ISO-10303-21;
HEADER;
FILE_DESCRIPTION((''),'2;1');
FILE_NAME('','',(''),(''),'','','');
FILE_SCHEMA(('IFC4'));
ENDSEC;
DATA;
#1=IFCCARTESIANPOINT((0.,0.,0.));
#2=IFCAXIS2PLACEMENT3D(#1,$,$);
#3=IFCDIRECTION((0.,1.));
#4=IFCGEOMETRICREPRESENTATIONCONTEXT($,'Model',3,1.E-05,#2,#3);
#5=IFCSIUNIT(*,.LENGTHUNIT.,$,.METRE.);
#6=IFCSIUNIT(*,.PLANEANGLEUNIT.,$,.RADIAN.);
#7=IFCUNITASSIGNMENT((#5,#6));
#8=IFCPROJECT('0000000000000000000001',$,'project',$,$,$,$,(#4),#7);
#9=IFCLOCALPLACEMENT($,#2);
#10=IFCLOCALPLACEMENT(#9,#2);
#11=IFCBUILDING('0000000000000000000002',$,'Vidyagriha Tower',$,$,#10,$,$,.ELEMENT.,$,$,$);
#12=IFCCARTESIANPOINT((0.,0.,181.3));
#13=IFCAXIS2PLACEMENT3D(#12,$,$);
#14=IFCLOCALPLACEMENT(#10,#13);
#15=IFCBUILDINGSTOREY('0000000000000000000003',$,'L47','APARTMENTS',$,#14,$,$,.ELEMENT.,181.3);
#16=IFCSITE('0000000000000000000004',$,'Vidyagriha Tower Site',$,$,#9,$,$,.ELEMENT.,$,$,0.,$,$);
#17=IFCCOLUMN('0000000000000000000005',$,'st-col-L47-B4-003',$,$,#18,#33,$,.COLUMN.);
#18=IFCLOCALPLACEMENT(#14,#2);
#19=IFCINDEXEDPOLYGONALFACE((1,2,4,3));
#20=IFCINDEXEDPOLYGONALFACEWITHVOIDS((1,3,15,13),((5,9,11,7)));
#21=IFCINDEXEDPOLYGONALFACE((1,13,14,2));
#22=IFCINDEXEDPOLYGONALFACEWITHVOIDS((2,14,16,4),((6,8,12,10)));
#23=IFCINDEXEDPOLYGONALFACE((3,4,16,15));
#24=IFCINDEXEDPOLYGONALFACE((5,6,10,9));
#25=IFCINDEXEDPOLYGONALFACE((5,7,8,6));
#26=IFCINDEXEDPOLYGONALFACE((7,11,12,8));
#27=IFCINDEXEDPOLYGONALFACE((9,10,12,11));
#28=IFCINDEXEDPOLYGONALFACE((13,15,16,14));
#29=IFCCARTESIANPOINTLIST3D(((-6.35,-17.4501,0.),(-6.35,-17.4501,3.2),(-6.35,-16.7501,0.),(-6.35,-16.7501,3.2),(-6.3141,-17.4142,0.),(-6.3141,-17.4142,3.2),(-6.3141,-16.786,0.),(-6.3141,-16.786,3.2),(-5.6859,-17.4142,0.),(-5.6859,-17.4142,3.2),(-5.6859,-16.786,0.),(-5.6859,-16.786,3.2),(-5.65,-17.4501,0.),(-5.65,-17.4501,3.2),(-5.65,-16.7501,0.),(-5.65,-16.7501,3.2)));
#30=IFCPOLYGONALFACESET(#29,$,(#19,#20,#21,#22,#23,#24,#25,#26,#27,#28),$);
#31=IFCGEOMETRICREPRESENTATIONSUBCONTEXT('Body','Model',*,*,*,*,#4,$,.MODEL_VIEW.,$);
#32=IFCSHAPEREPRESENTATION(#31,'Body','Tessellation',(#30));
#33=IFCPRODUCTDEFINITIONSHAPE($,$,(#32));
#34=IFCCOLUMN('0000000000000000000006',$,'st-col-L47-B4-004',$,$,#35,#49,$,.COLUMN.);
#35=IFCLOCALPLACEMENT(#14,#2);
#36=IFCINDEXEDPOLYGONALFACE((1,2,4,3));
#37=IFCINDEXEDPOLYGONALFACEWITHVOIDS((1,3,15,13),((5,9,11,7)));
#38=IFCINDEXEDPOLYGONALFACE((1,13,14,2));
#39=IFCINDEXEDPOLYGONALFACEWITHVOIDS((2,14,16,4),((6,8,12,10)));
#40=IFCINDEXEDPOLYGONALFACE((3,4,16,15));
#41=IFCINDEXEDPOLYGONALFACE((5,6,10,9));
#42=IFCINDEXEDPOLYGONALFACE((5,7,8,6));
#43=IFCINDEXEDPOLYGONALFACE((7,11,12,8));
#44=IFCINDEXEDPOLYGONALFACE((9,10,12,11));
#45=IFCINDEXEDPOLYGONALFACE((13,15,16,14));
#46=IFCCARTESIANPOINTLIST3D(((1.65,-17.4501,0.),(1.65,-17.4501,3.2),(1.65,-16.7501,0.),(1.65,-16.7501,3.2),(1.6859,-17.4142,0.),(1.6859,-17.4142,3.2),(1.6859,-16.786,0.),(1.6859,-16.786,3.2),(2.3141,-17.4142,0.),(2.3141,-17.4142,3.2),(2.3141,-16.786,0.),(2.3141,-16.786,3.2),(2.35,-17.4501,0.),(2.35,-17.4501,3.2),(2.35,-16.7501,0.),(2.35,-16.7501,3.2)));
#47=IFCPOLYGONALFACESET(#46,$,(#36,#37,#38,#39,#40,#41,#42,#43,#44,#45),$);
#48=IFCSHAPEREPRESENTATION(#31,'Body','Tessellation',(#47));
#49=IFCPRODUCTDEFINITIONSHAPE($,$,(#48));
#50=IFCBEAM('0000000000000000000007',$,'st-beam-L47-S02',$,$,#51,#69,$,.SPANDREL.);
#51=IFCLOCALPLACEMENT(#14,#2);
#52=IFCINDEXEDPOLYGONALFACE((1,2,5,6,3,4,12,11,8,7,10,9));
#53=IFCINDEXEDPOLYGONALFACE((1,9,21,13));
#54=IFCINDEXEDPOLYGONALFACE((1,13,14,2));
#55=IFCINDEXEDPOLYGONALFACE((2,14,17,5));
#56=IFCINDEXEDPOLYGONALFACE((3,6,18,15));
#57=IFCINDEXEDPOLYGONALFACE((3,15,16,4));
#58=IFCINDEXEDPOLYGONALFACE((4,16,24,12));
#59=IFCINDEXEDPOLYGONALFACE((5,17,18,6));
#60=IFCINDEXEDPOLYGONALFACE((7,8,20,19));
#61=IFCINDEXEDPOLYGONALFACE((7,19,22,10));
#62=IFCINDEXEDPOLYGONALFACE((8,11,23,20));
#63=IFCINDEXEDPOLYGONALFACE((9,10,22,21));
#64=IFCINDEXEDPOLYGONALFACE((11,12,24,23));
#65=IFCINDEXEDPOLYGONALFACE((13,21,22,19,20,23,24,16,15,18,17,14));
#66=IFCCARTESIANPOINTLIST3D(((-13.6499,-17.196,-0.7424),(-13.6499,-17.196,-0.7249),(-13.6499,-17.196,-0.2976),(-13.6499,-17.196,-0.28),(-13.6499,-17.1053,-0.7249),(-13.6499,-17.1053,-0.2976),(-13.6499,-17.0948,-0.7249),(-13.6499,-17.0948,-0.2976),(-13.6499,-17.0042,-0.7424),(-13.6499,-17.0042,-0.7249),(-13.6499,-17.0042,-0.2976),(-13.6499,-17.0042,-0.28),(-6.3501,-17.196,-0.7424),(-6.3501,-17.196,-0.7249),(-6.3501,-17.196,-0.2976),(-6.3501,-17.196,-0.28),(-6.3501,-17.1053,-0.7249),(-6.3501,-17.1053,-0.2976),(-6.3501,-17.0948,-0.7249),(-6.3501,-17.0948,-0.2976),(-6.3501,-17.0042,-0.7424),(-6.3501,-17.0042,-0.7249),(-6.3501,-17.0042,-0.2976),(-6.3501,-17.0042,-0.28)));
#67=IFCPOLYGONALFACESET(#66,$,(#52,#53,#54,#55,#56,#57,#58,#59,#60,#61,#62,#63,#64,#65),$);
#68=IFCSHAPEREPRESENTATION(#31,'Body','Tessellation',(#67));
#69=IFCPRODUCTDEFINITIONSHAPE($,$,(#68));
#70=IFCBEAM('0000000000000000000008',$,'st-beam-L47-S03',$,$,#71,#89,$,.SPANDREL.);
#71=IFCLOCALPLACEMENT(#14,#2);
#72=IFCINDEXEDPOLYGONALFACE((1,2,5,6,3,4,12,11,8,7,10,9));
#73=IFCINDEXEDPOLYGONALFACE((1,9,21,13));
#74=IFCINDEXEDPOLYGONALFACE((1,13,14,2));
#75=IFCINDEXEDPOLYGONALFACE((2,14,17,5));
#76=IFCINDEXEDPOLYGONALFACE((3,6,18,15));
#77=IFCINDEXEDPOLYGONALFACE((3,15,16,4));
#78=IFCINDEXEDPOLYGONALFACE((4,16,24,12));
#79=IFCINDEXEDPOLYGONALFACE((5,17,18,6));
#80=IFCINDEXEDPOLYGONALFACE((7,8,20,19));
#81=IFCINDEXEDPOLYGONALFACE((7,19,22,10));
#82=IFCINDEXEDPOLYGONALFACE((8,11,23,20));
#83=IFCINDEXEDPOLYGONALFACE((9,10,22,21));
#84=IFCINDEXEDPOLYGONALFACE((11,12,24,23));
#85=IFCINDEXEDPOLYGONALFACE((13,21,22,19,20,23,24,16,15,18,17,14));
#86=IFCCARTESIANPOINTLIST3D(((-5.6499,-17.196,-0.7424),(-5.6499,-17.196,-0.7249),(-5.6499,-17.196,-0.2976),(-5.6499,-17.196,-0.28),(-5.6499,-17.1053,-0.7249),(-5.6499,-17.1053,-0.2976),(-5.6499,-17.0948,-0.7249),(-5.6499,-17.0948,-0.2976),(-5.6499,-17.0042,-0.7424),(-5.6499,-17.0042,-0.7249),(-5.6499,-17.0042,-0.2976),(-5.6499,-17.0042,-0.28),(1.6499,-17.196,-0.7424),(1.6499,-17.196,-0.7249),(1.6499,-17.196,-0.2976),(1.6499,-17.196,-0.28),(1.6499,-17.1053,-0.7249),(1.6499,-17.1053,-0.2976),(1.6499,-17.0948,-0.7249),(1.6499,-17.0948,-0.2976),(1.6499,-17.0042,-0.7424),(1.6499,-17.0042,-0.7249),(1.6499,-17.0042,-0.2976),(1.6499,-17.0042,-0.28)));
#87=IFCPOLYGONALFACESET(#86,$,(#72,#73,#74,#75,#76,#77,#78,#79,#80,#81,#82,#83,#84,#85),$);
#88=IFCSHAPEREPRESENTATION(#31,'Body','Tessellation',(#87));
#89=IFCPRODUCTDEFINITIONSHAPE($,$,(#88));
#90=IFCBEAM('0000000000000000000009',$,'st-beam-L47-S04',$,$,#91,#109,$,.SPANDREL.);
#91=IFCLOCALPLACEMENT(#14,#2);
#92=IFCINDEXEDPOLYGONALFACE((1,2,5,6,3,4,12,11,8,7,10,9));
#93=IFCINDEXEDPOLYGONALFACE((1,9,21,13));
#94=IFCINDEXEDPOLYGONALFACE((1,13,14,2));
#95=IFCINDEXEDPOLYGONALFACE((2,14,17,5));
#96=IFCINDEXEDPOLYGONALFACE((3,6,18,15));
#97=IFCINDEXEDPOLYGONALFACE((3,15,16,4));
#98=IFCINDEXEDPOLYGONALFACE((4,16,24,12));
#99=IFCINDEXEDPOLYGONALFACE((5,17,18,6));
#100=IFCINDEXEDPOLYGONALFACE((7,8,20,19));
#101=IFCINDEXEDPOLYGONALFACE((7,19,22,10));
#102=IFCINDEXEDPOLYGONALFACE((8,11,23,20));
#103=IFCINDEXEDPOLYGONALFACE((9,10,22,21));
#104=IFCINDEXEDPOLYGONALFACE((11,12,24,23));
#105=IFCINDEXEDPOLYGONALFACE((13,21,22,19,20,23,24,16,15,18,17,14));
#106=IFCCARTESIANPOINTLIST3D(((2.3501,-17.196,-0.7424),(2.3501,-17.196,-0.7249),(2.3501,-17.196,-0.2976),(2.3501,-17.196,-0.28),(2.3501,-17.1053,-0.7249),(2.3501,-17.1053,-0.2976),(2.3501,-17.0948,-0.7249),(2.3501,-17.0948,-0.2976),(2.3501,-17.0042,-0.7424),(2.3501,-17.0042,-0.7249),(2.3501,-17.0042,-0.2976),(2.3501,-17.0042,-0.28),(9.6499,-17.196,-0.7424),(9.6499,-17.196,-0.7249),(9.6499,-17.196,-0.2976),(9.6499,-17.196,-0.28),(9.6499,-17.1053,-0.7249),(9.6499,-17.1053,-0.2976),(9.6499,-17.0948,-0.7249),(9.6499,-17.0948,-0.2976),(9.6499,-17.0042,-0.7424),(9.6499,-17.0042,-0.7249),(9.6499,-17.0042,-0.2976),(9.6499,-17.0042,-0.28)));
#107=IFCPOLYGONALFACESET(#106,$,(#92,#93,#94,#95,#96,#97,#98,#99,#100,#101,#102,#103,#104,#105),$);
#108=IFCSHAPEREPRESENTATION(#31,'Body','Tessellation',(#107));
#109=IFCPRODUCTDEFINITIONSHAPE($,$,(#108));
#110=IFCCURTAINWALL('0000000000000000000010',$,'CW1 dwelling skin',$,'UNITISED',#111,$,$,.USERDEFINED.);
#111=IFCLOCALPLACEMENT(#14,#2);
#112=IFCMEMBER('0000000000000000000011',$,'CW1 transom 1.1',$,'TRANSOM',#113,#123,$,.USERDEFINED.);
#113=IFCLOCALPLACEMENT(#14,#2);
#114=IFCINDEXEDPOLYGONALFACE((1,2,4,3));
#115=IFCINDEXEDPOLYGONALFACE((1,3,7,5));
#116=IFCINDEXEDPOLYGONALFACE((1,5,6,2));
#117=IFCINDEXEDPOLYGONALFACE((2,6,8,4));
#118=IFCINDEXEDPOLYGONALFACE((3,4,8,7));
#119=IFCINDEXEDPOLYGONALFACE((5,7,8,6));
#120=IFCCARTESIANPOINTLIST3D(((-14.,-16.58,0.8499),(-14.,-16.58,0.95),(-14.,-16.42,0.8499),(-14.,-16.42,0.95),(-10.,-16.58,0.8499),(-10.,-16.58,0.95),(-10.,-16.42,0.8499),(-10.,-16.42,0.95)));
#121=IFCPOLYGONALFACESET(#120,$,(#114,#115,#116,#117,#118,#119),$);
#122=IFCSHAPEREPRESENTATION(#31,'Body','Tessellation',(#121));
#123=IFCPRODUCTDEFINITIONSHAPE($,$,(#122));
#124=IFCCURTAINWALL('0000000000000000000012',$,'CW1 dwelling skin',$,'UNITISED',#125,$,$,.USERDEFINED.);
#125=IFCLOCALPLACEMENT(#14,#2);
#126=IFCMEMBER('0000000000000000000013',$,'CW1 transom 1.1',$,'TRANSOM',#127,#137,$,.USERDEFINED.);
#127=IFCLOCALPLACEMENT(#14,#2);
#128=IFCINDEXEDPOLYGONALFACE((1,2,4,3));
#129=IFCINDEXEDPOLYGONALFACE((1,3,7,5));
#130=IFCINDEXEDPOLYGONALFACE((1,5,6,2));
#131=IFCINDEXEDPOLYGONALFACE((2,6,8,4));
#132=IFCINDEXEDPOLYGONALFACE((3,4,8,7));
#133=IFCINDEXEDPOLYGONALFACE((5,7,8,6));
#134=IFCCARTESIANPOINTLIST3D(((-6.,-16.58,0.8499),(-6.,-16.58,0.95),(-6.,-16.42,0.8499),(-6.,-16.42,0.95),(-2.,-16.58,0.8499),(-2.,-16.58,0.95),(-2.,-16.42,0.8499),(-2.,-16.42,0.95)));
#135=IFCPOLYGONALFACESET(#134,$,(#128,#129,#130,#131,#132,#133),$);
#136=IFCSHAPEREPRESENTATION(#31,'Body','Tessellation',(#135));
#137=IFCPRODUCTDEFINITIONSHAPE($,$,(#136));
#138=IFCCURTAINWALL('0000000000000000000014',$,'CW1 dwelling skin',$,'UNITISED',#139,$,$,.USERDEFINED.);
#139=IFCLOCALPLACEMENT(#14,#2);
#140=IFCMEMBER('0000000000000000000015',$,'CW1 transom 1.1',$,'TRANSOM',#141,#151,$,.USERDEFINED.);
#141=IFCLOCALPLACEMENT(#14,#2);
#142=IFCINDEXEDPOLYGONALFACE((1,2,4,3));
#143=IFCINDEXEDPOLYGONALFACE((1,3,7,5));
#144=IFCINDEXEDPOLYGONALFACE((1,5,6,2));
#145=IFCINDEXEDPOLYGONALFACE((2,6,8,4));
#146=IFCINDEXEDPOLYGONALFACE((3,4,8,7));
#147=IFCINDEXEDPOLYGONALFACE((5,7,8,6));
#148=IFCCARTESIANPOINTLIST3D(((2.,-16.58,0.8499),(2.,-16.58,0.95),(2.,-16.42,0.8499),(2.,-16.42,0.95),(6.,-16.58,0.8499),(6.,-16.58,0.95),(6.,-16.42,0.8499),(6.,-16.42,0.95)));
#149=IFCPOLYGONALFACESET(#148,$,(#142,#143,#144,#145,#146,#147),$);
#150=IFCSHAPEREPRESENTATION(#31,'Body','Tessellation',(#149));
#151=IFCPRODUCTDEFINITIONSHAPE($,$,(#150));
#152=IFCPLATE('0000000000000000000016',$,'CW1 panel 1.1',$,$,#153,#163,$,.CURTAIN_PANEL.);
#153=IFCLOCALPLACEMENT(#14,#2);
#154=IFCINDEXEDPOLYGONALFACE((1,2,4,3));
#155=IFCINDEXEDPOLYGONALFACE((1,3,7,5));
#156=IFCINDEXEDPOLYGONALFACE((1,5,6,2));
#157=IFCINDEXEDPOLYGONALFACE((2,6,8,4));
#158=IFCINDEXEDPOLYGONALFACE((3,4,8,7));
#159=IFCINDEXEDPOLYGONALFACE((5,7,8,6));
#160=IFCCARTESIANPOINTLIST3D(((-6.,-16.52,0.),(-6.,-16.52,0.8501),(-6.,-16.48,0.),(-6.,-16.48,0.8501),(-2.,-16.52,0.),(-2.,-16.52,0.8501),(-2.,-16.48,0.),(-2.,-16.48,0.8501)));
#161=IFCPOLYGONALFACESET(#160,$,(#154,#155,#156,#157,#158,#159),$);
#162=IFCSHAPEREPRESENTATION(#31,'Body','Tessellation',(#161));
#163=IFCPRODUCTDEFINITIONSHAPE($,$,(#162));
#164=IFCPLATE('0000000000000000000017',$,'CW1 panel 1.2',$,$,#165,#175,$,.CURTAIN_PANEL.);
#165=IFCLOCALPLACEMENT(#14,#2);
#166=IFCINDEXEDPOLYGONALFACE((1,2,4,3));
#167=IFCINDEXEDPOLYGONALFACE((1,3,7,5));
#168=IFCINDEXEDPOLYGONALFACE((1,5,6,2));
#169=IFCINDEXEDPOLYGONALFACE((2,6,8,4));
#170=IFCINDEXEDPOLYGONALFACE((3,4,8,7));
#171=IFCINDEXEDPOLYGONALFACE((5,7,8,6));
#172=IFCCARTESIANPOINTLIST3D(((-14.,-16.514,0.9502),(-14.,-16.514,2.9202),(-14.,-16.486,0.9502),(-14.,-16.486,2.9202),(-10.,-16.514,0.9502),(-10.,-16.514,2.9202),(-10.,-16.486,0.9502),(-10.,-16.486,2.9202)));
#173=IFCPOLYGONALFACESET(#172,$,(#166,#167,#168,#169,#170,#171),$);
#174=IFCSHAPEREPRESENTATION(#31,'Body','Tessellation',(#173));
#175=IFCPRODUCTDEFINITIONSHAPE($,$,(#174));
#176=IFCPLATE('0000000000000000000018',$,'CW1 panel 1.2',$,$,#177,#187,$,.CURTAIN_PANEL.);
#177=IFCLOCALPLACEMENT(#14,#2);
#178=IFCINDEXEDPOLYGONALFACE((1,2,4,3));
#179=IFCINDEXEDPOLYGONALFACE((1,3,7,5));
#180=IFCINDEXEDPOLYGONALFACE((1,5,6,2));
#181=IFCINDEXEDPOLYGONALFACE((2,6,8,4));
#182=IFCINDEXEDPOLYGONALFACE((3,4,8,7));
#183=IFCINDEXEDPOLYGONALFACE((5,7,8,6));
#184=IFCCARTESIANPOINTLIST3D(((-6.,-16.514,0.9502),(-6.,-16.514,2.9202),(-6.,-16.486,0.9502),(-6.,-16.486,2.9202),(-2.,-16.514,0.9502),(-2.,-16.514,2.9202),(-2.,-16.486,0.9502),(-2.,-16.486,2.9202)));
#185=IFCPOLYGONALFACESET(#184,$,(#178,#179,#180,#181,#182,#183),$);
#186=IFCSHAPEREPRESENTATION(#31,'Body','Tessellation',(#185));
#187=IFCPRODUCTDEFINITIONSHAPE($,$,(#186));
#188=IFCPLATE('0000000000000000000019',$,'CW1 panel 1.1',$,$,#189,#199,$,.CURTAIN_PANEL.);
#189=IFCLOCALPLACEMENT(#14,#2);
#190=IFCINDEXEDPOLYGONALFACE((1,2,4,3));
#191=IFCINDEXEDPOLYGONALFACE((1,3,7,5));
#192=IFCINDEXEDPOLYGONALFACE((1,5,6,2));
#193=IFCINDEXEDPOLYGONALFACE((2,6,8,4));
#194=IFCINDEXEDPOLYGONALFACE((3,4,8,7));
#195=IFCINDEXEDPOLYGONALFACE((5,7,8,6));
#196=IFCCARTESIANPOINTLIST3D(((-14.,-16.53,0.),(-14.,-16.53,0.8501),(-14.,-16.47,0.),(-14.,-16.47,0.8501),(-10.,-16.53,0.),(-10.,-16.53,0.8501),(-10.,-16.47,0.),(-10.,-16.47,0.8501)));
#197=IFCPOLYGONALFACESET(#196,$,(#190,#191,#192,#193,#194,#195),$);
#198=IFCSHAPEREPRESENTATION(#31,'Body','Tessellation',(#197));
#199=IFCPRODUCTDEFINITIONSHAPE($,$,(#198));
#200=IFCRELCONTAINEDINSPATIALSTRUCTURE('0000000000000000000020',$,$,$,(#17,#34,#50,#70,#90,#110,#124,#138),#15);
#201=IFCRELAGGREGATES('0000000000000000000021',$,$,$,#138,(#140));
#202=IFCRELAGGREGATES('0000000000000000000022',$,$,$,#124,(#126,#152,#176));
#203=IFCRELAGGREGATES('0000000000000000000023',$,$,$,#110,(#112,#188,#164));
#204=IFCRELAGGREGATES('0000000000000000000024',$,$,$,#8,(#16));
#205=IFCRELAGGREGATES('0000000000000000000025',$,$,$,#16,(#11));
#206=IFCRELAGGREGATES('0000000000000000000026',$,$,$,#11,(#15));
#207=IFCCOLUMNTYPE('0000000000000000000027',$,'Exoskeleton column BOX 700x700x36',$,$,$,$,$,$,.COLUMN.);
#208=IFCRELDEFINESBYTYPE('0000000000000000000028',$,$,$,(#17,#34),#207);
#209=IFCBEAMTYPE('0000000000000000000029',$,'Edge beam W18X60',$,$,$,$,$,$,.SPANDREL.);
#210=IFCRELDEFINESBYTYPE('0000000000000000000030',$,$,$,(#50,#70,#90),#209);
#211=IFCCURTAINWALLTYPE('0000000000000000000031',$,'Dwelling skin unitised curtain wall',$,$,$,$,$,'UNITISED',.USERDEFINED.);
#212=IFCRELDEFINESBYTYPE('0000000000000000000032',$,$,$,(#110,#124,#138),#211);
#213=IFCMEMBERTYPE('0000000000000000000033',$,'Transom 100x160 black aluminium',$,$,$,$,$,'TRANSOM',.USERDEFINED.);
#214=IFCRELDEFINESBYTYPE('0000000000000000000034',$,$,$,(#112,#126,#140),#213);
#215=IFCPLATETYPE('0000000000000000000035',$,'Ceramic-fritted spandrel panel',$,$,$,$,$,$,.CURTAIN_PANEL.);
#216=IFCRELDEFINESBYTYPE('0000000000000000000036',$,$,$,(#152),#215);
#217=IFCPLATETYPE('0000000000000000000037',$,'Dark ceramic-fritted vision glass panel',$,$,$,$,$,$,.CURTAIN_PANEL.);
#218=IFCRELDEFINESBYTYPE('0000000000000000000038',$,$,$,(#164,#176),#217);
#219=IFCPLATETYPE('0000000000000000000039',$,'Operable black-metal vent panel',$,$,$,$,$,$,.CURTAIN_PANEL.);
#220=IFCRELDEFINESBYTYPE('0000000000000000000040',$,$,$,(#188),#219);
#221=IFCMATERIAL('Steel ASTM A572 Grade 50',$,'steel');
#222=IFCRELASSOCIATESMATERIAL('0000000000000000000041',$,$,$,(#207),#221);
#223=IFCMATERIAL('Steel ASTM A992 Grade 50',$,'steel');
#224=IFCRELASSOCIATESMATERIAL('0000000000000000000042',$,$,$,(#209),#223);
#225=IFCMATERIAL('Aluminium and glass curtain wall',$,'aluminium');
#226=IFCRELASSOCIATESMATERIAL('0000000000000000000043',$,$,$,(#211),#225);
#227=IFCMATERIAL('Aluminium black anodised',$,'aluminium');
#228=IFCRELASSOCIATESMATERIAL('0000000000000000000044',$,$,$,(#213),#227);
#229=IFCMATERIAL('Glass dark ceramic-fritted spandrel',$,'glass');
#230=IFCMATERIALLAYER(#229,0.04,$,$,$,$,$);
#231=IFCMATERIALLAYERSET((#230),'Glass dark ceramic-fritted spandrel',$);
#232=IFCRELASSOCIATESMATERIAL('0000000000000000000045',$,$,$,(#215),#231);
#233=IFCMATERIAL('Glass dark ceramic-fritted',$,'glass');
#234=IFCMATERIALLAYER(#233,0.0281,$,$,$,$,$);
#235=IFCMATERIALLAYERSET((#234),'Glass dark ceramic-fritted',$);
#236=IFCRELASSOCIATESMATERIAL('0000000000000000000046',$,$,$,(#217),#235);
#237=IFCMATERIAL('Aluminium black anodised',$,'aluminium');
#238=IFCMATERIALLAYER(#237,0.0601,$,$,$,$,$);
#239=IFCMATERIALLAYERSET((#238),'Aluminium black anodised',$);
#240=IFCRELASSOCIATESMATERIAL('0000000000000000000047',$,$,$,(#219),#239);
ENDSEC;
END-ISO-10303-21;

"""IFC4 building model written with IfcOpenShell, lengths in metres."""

from ifc_helpers import new_model, si_unit, direction, frame, origin, origin_2d, place, context, subcontext, project, spatial, rectangle, hollow_rectangle, i_section, extrude, material, layer, layer_set, material_profile, profile_set, type_object, element, aggregate, save


model = new_model("IFC4")

# Units and contexts
model_context = context("Model", 3, precision=1e-05, world=origin(), true_north=direction((0.0, 1.0)))
body_context = subcontext(model_context, "Body", "Model", "MODEL_VIEW")
ifc_project = project(units=[si_unit("LENGTHUNIT", "METRE"), si_unit("PLANEANGLEUNIT", "RADIAN")], contexts=[model_context])

# Site, building, storey
site_placement = place(None, origin())
site = spatial("IfcSite", under=ifc_project, at=site_placement, Name="Vidyagriha Tower Site", CompositionType="ELEMENT", RefElevation=0.0)
building_placement = place(site_placement, origin())
building = spatial("IfcBuilding", under=site, at=building_placement, Name="Vidyagriha Tower", CompositionType="ELEMENT")
storey_placement = place(building_placement, frame((0.0, 0.0, 181.3)))
storey = spatial("IfcBuildingStorey", under=building, at=storey_placement, Name="L47", Description="APARTMENTS", CompositionType="ELEMENT", Elevation=181.3)

# Columns
ifc_material_1 = material(Name="Steel ASTM A572 Grade 50", Category="steel")
ifc_material_profile_1 = material_profile(ifc_material_1, hollow_rectangle(XDim=0.7, YDim=0.7, WallThickness=0.0359, at=origin_2d()), Name="BOX 700x700x36")
ifc_profile_set_1 = profile_set([ifc_material_profile_1], Name="Steel ASTM A572 Grade 50")
column_type = type_object("IfcColumnType", Name="Exoskeleton column BOX 700x700x36", PredefinedType="COLUMN", material=ifc_profile_set_1)
for number, where, name in (
    (1, (-6.0, -17.1001, 0.0), "st-col-L47-B4-003"),
    (2, (2.0, -17.1001, 0.0), "st-col-L47-B4-004"),
):
    element("IfcColumn", number, at=place(storey_placement, frame(where)), inside=storey, type_object=column_type, Name=name, PredefinedType="COLUMN", context=body_context, shape_type="SweptSolid", body=[
        extrude(hollow_rectangle(XDim=0.7, YDim=0.7, WallThickness=0.0359, at=origin_2d()), origin(), (0.0, 0.0, 1.0), 3.2),
    ])

# Beams
ifc_material_2 = material(Name="Steel ASTM A992 Grade 50", Category="steel")
ifc_material_profile_2 = material_profile(ifc_material_2, i_section(OverallWidth=0.1919, OverallDepth=0.4624, WebThickness=0.0105, FlangeThickness=0.0176, at=origin_2d()), Name="W18X60")
ifc_profile_set_2 = profile_set([ifc_material_profile_2], Name="Steel ASTM A992 Grade 50")
beam_type = type_object("IfcBeamType", Name="Edge beam W18X60", PredefinedType="SPANDREL", material=ifc_profile_set_2)
for number, where, z_axis, x_axis, name in (
    (3, (-13.6499, -17.1001, -0.5112), (1.0, 0.0, 0.0), (0.0, 1.0, 0.0), "st-beam-L47-S02"),
    (4, (-5.6499, -17.1001, -0.5112), (1.0, 0.0, 0.0), (0.0, 1.0, 0.0), "st-beam-L47-S03"),
    (5, (2.3501, -17.1001, -0.5112), (1.0, 0.0, 0.0), (0.0, 1.0, 0.0), "st-beam-L47-S04"),
):
    element("IfcBeam", number, at=place(storey_placement, frame(where, z_axis=z_axis, x_axis=x_axis)), inside=storey, type_object=beam_type, Name=name, PredefinedType="SPANDREL", context=body_context, shape_type="SweptSolid", body=[
        extrude(i_section(OverallWidth=0.1919, OverallDepth=0.4624, WebThickness=0.0105, FlangeThickness=0.0176, at=origin_2d()), origin(), (0.0, 0.0, 1.0), 7.2998),
    ])

# Curtain walls, members
ifc_material_3 = material(Name="Aluminium and glass curtain wall", Category="aluminium")
curtain_wall_type = type_object("IfcCurtainWallType", Name="Dwelling skin unitised curtain wall", ElementType="UNITISED", PredefinedType="USERDEFINED", material=ifc_material_3)
curtain_wall_1_placement = place(storey_placement, origin())
curtain_wall_1 = element("IfcCurtainWall", 6, at=curtain_wall_1_placement, inside=storey, type_object=curtain_wall_type, Name="CW1 dwelling skin", ObjectType="UNITISED", PredefinedType="USERDEFINED")
ifc_material_4 = material(Name="Aluminium black anodised", Category="aluminium")
ifc_material_profile_3 = material_profile(ifc_material_4, rectangle(XDim=0.1599, YDim=0.1001, at=origin_2d()), Name="Transom 100x160 black aluminium")
ifc_profile_set_3 = profile_set([ifc_material_profile_3], Name="Aluminium black anodised")
member_type = type_object("IfcMemberType", Name="Transom 100x160 black aluminium", ElementType="TRANSOM", PredefinedType="USERDEFINED", material=ifc_profile_set_3)
member_1_placement = place(storey_placement, frame((-14.0, -16.5, 0.8999), z_axis=(1.0, 0.0, 0.0), x_axis=(0.0, 1.0, 0.0)))
member_1 = element("IfcMember", 7, at=member_1_placement, type_object=member_type, Name="CW1 transom 1.1", ObjectType="TRANSOM", PredefinedType="USERDEFINED", context=body_context, shape_type="SweptSolid", body=[
    extrude(rectangle(XDim=0.1599, YDim=0.1001, at=origin_2d()), origin(), (0.0, 0.0, 1.0), 4.0),
])
curtain_wall_2_placement = place(storey_placement, origin())
curtain_wall_2 = element("IfcCurtainWall", 8, at=curtain_wall_2_placement, inside=storey, type_object=curtain_wall_type, Name="CW1 dwelling skin", ObjectType="UNITISED", PredefinedType="USERDEFINED")
member_2_placement = place(storey_placement, frame((-6.0, -16.5, 0.8999), z_axis=(1.0, 0.0, 0.0), x_axis=(0.0, 1.0, 0.0)))
member_2 = element("IfcMember", 9, at=member_2_placement, type_object=member_type, Name="CW1 transom 1.1", ObjectType="TRANSOM", PredefinedType="USERDEFINED", context=body_context, shape_type="SweptSolid", body=[
    extrude(rectangle(XDim=0.1599, YDim=0.1001, at=origin_2d()), origin(), (0.0, 0.0, 1.0), 4.0),
])
curtain_wall_3_placement = place(storey_placement, origin())
curtain_wall_3 = element("IfcCurtainWall", 10, at=curtain_wall_3_placement, inside=storey, type_object=curtain_wall_type, Name="CW1 dwelling skin", ObjectType="UNITISED", PredefinedType="USERDEFINED")
member_3_placement = place(storey_placement, frame((2.0, -16.5, 0.8999), z_axis=(1.0, 0.0, 0.0), x_axis=(0.0, 1.0, 0.0)))
member_3 = element("IfcMember", 11, at=member_3_placement, type_object=member_type, Name="CW1 transom 1.1", ObjectType="TRANSOM", PredefinedType="USERDEFINED", context=body_context, shape_type="SweptSolid", body=[
    extrude(rectangle(XDim=0.1599, YDim=0.1001, at=origin_2d()), origin(), (0.0, 0.0, 1.0), 4.0),
])
aggregate(curtain_wall_3, [member_3])

# Plates
ifc_material_5 = material(Name="Glass dark ceramic-fritted spandrel", Category="glass")
ifc_layer_1 = layer(ifc_material_5, 0.04)
ifc_layer_set_1 = layer_set([ifc_layer_1], Name="Glass dark ceramic-fritted spandrel")
plate_type_1 = type_object("IfcPlateType", Name="Ceramic-fritted spandrel panel", PredefinedType="CURTAIN_PANEL", material=ifc_layer_set_1)
plate_1_placement = place(storey_placement, frame((-4.0, -16.5, 0.0)))
plate_1 = element("IfcPlate", 12, at=plate_1_placement, type_object=plate_type_1, Name="CW1 panel 1.1", PredefinedType="CURTAIN_PANEL", context=body_context, shape_type="SweptSolid", body=[
    extrude(rectangle(XDim=4.0, YDim=0.04, at=origin_2d()), origin(), (0.0, 0.0, 1.0), 0.8501),
])
ifc_material_6 = material(Name="Glass dark ceramic-fritted", Category="glass")
ifc_layer_2 = layer(ifc_material_6, 0.0281)
ifc_layer_set_2 = layer_set([ifc_layer_2], Name="Glass dark ceramic-fritted")
plate_type_2 = type_object("IfcPlateType", Name="Dark ceramic-fritted vision glass panel", PredefinedType="CURTAIN_PANEL", material=ifc_layer_set_2)
plate_2_placement = place(storey_placement, frame((-12.0, -16.5, 0.9502)))
plate_2 = element("IfcPlate", 13, at=plate_2_placement, type_object=plate_type_2, Name="CW1 panel 1.2", PredefinedType="CURTAIN_PANEL", context=body_context, shape_type="SweptSolid", body=[
    extrude(rectangle(XDim=4.0, YDim=0.0281, at=origin_2d()), origin(), (0.0, 0.0, 1.0), 1.97),
])
plate_3_placement = place(storey_placement, frame((-4.0, -16.5, 0.9502)))
plate_3 = element("IfcPlate", 14, at=plate_3_placement, type_object=plate_type_2, Name="CW1 panel 1.2", PredefinedType="CURTAIN_PANEL", context=body_context, shape_type="SweptSolid", body=[
    extrude(rectangle(XDim=4.0, YDim=0.0281, at=origin_2d()), origin(), (0.0, 0.0, 1.0), 1.97),
])
aggregate(curtain_wall_2, [member_2, plate_1, plate_3])
ifc_material_7 = material(Name="Aluminium black anodised", Category="aluminium")
ifc_layer_3 = layer(ifc_material_7, 0.0601)
ifc_layer_set_3 = layer_set([ifc_layer_3], Name="Aluminium black anodised")
plate_type_3 = type_object("IfcPlateType", Name="Operable black-metal vent panel", PredefinedType="CURTAIN_PANEL", material=ifc_layer_set_3)
plate_4_placement = place(storey_placement, frame((-12.0, -16.5, 0.0)))
plate_4 = element("IfcPlate", 15, at=plate_4_placement, type_object=plate_type_3, Name="CW1 panel 1.1", PredefinedType="CURTAIN_PANEL", context=body_context, shape_type="SweptSolid", body=[
    extrude(rectangle(XDim=4.0, YDim=0.0601, at=origin_2d()), origin(), (0.0, 0.0, 1.0), 0.8501),
])
aggregate(curtain_wall_1, [member_1, plate_4, plate_2])

save(model, "model.ifc")
